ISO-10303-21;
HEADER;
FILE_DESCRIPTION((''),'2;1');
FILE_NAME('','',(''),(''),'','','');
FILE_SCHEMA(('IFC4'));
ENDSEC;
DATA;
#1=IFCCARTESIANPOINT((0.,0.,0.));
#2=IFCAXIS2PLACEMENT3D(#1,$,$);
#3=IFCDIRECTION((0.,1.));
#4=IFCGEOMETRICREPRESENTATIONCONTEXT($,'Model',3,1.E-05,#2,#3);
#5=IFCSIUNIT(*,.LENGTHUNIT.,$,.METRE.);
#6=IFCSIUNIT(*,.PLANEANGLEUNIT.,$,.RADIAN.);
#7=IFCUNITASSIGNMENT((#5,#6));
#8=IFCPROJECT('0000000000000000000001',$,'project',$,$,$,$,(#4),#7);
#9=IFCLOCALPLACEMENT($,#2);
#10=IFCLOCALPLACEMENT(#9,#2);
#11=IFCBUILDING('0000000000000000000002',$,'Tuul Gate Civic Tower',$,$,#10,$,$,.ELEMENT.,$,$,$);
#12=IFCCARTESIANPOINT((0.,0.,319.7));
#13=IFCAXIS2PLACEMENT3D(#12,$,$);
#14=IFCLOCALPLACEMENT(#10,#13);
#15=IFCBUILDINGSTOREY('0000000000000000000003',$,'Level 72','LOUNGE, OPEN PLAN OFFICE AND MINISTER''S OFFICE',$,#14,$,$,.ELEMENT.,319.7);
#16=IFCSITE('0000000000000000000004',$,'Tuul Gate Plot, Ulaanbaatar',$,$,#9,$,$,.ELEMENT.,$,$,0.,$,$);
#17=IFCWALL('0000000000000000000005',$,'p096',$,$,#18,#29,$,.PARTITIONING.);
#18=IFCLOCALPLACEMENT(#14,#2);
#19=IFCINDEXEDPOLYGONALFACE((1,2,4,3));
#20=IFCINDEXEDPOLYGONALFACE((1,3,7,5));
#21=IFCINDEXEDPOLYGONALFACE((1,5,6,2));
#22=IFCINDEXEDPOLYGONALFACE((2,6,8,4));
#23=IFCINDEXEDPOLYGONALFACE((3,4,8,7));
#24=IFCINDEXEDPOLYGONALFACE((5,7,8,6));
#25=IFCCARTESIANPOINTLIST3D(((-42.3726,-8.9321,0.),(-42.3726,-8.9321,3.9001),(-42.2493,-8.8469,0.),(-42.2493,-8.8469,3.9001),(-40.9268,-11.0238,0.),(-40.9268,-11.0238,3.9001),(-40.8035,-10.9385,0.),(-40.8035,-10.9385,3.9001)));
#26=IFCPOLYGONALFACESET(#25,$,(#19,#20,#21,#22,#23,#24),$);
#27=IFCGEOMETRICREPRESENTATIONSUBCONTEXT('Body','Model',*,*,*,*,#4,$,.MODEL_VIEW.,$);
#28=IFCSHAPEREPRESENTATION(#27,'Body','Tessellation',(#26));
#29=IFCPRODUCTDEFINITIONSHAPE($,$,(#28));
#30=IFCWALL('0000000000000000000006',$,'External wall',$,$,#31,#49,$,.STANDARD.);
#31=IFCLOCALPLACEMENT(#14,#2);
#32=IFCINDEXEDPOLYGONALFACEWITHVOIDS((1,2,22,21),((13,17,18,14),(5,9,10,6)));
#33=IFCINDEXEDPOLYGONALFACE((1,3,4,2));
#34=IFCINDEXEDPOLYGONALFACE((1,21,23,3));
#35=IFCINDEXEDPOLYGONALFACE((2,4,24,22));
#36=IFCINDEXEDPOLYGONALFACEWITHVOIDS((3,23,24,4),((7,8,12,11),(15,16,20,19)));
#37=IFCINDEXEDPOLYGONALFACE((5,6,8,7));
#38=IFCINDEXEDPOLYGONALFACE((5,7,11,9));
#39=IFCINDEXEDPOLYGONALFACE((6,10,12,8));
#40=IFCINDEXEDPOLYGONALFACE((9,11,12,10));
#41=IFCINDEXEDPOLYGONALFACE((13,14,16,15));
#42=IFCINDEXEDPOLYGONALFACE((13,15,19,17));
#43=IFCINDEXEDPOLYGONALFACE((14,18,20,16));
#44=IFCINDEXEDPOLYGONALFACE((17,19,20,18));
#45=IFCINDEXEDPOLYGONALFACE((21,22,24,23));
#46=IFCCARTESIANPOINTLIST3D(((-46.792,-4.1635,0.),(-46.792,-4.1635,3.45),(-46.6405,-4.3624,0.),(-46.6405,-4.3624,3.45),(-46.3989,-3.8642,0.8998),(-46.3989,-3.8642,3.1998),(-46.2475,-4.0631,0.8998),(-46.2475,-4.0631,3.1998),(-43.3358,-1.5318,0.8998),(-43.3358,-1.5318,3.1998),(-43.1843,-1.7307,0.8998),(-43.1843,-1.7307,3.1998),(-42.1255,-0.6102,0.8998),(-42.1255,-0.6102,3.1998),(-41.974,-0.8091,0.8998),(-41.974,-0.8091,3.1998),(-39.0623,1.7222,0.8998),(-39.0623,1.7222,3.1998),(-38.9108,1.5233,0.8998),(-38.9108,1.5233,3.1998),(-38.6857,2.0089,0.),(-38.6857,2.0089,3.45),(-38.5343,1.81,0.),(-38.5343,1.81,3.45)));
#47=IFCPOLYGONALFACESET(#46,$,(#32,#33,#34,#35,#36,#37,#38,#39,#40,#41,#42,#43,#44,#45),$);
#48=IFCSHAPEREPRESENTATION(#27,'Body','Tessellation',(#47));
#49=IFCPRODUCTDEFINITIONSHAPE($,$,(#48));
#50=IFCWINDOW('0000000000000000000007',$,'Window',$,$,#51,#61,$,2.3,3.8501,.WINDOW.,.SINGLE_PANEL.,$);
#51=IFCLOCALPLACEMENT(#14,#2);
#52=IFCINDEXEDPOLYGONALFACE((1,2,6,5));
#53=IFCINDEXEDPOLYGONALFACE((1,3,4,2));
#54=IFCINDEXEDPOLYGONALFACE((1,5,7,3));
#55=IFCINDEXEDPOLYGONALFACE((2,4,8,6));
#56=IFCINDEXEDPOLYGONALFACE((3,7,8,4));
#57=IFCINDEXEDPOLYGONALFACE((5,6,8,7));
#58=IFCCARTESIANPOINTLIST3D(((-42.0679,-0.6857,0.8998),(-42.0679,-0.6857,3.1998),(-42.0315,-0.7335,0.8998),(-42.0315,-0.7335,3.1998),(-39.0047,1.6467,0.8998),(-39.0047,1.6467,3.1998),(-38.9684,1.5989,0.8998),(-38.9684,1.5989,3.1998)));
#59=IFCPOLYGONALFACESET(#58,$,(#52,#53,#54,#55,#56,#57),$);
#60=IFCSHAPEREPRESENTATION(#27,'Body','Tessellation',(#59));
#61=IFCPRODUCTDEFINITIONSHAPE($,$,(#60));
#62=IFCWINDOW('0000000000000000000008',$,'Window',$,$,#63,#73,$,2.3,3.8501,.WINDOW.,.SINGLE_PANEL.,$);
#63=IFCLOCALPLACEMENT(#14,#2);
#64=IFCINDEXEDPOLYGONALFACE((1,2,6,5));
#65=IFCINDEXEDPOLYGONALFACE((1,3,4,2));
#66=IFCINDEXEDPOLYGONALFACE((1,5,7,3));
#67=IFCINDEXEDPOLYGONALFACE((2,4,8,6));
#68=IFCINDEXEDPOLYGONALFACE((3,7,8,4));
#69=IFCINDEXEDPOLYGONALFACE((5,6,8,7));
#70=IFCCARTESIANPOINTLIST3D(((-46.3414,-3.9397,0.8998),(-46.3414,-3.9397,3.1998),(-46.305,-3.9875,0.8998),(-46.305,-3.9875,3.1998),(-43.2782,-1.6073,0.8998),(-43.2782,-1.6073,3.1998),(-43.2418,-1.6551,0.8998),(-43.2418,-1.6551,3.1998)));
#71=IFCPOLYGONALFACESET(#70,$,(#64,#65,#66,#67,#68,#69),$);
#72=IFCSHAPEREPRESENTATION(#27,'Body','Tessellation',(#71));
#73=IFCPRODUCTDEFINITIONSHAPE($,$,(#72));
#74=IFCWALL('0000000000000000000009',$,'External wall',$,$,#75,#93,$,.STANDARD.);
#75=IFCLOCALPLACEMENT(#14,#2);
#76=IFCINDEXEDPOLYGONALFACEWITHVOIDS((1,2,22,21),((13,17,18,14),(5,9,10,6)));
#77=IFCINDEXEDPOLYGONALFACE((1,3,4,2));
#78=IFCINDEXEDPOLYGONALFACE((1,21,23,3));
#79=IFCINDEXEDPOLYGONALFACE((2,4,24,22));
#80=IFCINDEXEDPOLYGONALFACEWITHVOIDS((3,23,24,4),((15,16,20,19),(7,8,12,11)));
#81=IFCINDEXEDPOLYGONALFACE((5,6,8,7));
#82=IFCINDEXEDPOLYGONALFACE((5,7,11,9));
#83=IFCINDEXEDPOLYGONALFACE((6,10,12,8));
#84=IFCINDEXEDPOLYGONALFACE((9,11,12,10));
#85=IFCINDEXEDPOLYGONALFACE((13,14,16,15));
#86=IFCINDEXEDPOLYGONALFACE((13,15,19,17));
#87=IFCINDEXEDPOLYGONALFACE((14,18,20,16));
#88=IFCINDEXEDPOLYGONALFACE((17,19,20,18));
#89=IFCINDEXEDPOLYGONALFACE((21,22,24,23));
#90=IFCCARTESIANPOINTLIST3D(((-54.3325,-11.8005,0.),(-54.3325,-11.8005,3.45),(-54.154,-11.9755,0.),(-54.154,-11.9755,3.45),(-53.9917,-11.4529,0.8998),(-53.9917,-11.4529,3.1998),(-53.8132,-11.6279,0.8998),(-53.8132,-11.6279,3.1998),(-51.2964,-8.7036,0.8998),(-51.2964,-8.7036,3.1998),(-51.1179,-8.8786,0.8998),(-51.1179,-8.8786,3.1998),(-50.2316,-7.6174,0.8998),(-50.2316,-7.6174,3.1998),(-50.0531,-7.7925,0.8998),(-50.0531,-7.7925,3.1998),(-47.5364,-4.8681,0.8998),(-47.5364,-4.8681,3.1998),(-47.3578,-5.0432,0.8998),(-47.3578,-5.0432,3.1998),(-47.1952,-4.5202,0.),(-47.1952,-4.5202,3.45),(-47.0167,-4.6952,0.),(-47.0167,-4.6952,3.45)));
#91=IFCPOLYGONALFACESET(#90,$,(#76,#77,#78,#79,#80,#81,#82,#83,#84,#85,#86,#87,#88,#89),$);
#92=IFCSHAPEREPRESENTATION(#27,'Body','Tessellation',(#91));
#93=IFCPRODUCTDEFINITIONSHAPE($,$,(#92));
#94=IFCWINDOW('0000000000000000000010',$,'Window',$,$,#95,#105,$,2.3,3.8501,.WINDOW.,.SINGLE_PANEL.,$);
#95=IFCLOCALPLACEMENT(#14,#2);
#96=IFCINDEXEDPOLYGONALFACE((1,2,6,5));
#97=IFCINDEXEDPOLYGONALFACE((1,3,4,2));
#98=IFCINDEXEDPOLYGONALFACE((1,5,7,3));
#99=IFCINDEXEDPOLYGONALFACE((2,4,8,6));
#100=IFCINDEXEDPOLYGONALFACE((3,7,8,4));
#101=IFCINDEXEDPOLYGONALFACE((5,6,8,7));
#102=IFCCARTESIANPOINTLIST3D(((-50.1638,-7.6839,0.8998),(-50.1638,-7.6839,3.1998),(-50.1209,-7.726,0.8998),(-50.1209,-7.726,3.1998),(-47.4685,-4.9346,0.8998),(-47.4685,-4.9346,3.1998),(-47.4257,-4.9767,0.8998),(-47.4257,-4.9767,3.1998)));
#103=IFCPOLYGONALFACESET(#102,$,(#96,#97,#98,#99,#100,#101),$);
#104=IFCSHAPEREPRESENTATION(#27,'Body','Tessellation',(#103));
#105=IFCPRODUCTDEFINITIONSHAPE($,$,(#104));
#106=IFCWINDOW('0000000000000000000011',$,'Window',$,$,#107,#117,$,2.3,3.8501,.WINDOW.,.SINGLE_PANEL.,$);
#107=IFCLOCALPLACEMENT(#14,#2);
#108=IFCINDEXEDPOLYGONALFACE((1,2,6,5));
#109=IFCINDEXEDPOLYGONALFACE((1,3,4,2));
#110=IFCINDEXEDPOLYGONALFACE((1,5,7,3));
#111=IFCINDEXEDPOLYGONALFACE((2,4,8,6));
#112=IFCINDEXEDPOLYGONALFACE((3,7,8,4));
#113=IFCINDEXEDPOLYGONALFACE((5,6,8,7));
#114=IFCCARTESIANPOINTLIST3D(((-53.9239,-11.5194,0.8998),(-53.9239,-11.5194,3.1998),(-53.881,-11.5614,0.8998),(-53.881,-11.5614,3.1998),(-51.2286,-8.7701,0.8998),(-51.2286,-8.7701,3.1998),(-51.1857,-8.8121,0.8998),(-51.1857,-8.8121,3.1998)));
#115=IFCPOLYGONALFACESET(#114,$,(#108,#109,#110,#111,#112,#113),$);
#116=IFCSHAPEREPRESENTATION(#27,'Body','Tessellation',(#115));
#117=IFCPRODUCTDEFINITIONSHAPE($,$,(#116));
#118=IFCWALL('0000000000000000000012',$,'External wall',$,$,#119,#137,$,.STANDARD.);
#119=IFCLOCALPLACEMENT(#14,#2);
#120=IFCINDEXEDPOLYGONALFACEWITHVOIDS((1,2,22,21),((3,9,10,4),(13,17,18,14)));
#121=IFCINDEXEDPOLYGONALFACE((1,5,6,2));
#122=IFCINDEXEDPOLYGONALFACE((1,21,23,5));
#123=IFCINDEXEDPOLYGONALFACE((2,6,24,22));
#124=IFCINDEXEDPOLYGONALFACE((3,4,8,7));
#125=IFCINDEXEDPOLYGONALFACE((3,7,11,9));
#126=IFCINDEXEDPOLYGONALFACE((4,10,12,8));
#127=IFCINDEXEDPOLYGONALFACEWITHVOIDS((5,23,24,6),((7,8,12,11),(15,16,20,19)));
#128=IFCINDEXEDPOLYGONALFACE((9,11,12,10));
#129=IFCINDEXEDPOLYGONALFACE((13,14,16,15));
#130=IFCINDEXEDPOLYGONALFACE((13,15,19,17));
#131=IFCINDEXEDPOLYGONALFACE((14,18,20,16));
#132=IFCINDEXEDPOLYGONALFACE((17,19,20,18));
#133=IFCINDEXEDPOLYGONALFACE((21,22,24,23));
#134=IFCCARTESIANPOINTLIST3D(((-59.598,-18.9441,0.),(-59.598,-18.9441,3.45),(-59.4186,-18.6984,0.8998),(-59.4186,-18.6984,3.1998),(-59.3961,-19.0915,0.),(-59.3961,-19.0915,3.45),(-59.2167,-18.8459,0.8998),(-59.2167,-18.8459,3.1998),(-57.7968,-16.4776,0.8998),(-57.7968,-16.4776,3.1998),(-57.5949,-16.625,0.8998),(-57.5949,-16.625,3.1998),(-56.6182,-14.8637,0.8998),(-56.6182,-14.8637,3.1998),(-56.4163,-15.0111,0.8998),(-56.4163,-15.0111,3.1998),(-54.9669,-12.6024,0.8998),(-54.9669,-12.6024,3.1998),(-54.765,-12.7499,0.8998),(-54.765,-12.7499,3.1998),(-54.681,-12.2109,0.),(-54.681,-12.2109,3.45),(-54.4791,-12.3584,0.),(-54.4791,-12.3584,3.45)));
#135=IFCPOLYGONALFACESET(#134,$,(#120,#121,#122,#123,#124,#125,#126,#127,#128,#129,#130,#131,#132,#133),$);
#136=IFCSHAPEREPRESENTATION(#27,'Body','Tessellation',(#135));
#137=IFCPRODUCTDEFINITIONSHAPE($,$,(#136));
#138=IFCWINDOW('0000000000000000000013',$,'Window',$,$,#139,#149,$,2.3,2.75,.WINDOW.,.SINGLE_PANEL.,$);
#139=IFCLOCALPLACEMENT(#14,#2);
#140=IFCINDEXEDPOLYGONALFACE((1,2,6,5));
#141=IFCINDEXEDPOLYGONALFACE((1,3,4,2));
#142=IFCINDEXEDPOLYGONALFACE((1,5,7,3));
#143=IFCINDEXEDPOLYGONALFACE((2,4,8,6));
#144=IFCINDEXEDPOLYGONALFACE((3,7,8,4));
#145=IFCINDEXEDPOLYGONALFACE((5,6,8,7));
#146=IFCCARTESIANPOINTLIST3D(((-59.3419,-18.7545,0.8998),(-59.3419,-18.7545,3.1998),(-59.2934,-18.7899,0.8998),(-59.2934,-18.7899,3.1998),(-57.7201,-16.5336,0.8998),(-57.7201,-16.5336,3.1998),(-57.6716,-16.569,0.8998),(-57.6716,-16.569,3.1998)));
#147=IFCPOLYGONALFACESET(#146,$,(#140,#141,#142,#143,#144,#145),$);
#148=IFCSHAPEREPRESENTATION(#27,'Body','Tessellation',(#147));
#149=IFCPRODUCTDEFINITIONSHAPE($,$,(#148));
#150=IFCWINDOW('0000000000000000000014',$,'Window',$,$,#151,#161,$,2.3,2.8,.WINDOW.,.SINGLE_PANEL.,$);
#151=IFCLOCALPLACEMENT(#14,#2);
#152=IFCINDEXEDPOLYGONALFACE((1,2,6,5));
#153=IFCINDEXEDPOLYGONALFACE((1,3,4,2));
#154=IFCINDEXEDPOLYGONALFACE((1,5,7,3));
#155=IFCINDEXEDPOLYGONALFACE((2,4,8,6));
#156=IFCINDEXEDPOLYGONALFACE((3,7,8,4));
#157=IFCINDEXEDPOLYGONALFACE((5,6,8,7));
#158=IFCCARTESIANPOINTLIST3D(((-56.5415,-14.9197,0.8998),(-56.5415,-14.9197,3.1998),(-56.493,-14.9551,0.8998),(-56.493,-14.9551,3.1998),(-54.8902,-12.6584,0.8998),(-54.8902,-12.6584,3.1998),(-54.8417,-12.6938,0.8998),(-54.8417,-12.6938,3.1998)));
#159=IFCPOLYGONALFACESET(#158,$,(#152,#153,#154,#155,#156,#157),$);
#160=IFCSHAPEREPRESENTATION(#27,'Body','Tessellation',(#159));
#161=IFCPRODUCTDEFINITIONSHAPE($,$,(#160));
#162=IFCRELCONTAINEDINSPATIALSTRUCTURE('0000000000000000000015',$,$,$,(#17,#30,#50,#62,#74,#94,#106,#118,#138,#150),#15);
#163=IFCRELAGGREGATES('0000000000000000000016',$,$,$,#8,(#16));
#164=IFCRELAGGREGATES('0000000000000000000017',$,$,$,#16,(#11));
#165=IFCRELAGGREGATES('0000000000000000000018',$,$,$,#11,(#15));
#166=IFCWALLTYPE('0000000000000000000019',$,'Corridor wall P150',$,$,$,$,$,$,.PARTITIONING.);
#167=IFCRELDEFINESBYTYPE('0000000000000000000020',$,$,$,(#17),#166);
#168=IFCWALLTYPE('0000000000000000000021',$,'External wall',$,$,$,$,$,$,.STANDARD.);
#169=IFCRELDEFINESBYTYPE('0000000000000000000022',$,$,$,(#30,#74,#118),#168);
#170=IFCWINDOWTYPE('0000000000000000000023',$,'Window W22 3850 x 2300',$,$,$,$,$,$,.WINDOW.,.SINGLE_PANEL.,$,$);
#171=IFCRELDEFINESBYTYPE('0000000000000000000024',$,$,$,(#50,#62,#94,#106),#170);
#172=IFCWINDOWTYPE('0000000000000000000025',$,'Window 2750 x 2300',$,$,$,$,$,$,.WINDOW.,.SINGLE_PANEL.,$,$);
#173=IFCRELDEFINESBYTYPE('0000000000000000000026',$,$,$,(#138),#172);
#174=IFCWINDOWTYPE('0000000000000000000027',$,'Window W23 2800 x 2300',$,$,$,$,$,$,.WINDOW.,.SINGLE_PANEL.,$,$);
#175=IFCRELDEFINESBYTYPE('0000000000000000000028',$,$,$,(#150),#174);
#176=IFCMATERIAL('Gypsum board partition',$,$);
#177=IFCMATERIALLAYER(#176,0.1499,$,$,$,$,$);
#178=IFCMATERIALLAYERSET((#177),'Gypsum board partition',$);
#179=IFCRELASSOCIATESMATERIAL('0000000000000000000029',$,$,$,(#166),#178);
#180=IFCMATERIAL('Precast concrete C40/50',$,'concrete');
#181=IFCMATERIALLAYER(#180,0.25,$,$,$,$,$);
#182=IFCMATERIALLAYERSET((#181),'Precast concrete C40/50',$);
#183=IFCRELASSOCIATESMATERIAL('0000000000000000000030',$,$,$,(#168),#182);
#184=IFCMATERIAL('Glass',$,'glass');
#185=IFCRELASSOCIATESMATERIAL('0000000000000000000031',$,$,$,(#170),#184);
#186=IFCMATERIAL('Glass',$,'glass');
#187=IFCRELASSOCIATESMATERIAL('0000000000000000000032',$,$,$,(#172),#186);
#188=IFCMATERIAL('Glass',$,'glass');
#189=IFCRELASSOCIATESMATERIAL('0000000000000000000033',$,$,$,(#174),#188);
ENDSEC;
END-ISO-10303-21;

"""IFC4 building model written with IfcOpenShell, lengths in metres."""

from ifc_helpers import new_model, si_unit, direction, frame, frame_2d, origin, place, context, subcontext, project, spatial, rectangle, extrude, material, layer, layer_set, type_object, element, fill, save


model = new_model("IFC4")

# Units and contexts
model_context = context("Model", 3, precision=1e-05, world=origin(), true_north=direction((0.0, 1.0)))
body_context = subcontext(model_context, "Body", "Model", "MODEL_VIEW")
ifc_project = project(units=[si_unit("LENGTHUNIT", "METRE"), si_unit("PLANEANGLEUNIT", "RADIAN")], contexts=[model_context])

# Site, building, storey
site_placement = place(None, origin())
site = spatial("IfcSite", under=ifc_project, at=site_placement, Name="Tuul Gate Plot, Ulaanbaatar", CompositionType="ELEMENT", RefElevation=0.0)
building_placement = place(site_placement, origin())
building = spatial("IfcBuilding", under=site, at=building_placement, Name="Tuul Gate Civic Tower", CompositionType="ELEMENT")
storey_placement = place(building_placement, frame((0.0, 0.0, 319.7)))
storey = spatial("IfcBuildingStorey", under=building, at=storey_placement, Name="Level 72", Description="LOUNGE, OPEN PLAN OFFICE AND MINISTER'S OFFICE", CompositionType="ELEMENT", Elevation=319.7)

# Shared definitions
ifc_material_1 = material(Name="Gypsum board partition")
ifc_layer_1 = layer(ifc_material_1, 0.1499)
ifc_layer_set_1 = layer_set([ifc_layer_1], Name="Gypsum board partition")
wall_type_1 = type_object("IfcWallType", Name="Corridor wall P150", PredefinedType="PARTITIONING", material=ifc_layer_set_1)

# Wall
wall_1_placement = place(storey_placement, frame((-42.311, -8.8894, 0.0), z_axis=(0.0, 0.0, 1.0), x_axis=(0.568626, -0.822596, 0.0)))
element("IfcWall", 1, at=wall_1_placement, inside=storey, type_object=wall_type_1, Name="p096", PredefinedType="PARTITIONING", context=body_context, shape_type="SweptSolid", body=[
    extrude(rectangle(XDim=2.5427, YDim=0.1499, at=frame_2d((1.2715, 0.0))), origin(), (0.0, 0.0, 1.0), 3.9001),
])

# Walls, openings, windows
ifc_material_2 = material(Name="Precast concrete C40/50", Category="concrete")
ifc_layer_2 = layer(ifc_material_2, 0.25)
ifc_layer_set_2 = layer_set([ifc_layer_2], Name="Precast concrete C40/50")
wall_type_2 = type_object("IfcWallType", Name="External wall", PredefinedType="STANDARD", material=ifc_layer_set_2)
wall_2_placement = place(storey_placement, frame((-38.6101, 1.9094, 0.0), z_axis=(0.0, 0.0, 1.0), x_axis=(-0.795611, -0.605808, 0.0)))
wall_2 = element("IfcWall", 2, at=wall_2_placement, inside=storey, type_object=wall_type_2, Name="External wall", PredefinedType="STANDARD", context=body_context, shape_type="SweptSolid", body=[
    extrude(rectangle(XDim=10.1887, YDim=0.25, at=frame_2d((5.0942, 0.0))), origin(), (0.0, 0.0, 1.0), 3.45),
])
opening_1_placement = place(wall_2_placement, frame((0.4731, 0.0, 0.8999)))
opening_1 = element("IfcOpeningElement", 3, at=opening_1_placement, cuts=wall_2, PredefinedType="OPENING", context=body_context, shape_type="SweptSolid", body=[
    extrude(rectangle(XDim=3.8501, YDim=2.3, at=frame_2d((1.925, 1.1499))), frame((0.0, 0.135, 0.0), z_axis=(0.0, -1.0, 0.0), x_axis=(1.0, 0.0, 0.0)), (0.0, 0.0, 1.0), 0.27),
])
opening_2_placement = place(wall_2_placement, frame((5.8445, 0.0, 0.8999)))
opening_2 = element("IfcOpeningElement", 4, at=opening_2_placement, cuts=wall_2, PredefinedType="OPENING", context=body_context, shape_type="SweptSolid", body=[
    extrude(rectangle(XDim=3.8501, YDim=2.3, at=frame_2d((1.925, 1.1499))), frame((0.0, 0.135, 0.0), z_axis=(0.0, -1.0, 0.0), x_axis=(1.0, 0.0, 0.0)), (0.0, 0.0, 1.0), 0.27),
])
ifc_material_3 = material(Name="Glass", Category="glass")
window_type_1 = type_object("IfcWindowType", Name="Window W22 3850 x 2300", PartitioningType="SINGLE_PANEL", PredefinedType="WINDOW", material=ifc_material_3)
window_1_placement = place(opening_1_placement, origin())
window_1 = element("IfcWindow", 5, at=window_1_placement, inside=storey, type_object=window_type_1, Name="Window", OverallHeight=2.3, OverallWidth=3.8501, PartitioningType="SINGLE_PANEL", PredefinedType="WINDOW", context=body_context, shape_type="SweptSolid", body=[
    extrude(rectangle(XDim=3.8501, YDim=2.3, at=frame_2d((1.925, 1.1499))), frame((0.0, 0.03, 0.0), z_axis=(0.0, -1.0, 0.0), x_axis=(1.0, 0.0, 0.0)), (0.0, 0.0, 1.0), 0.0601),
])
fill(opening_1, window_1)
window_2_placement = place(opening_2_placement, origin())
window_2 = element("IfcWindow", 6, at=window_2_placement, inside=storey, type_object=window_type_1, Name="Window", OverallHeight=2.3, OverallWidth=3.8501, PartitioningType="SINGLE_PANEL", PredefinedType="WINDOW", context=body_context, shape_type="SweptSolid", body=[
    extrude(rectangle(XDim=3.8501, YDim=2.3, at=frame_2d((1.925, 1.1499))), frame((0.0, 0.03, 0.0), z_axis=(0.0, -1.0, 0.0), x_axis=(1.0, 0.0, 0.0)), (0.0, 0.0, 1.0), 0.0601),
])
fill(opening_2, window_2)
wall_3_placement = place(storey_placement, frame((-47.106, -4.6077, 0.0), z_axis=(0.0, 0.0, 1.0), x_axis=(-0.700056, -0.714088, 0.0)))
wall_3 = element("IfcWall", 7, at=wall_3_placement, inside=storey, type_object=wall_type_2, Name="External wall", PredefinedType="STANDARD", context=body_context, shape_type="SweptSolid", body=[
    extrude(rectangle(XDim=10.1953, YDim=0.25, at=frame_2d((5.0977, 0.0))), origin(), (0.0, 0.0, 1.0), 3.45),
])
opening_3_placement = place(wall_3_placement, frame((0.4873, 0.0, 0.8999)))
opening_3 = element("IfcOpeningElement", 8, at=opening_3_placement, cuts=wall_3, PredefinedType="OPENING", context=body_context, shape_type="SweptSolid", body=[
    extrude(rectangle(XDim=3.8501, YDim=2.3, at=frame_2d((1.925, 1.1499))), frame((0.0, 0.135, 0.0), z_axis=(0.0, -1.0, 0.0), x_axis=(1.0, 0.0, 0.0)), (0.0, 0.0, 1.0), 0.27),
])
opening_4_placement = place(wall_3_placement, frame((5.8584, 0.0, 0.8999)))
opening_4 = element("IfcOpeningElement", 9, at=opening_4_placement, cuts=wall_3, PredefinedType="OPENING", context=body_context, shape_type="SweptSolid", body=[
    extrude(rectangle(XDim=3.8501, YDim=2.3, at=frame_2d((1.925, 1.1499))), frame((0.0, 0.135, 0.0), z_axis=(0.0, -1.0, 0.0), x_axis=(1.0, 0.0, 0.0)), (0.0, 0.0, 1.0), 0.27),
])
window_3_placement = place(opening_3_placement, origin())
window_3 = element("IfcWindow", 10, at=window_3_placement, inside=storey, type_object=window_type_1, Name="Window", OverallHeight=2.3, OverallWidth=3.8501, PartitioningType="SINGLE_PANEL", PredefinedType="WINDOW", context=body_context, shape_type="SweptSolid", body=[
    extrude(rectangle(XDim=3.8501, YDim=2.3, at=frame_2d((1.925, 1.1499))), frame((0.0, 0.03, 0.0), z_axis=(0.0, -1.0, 0.0), x_axis=(1.0, 0.0, 0.0)), (0.0, 0.0, 1.0), 0.0601),
])
fill(opening_3, window_3)
window_4_placement = place(opening_4_placement, origin())
window_4 = element("IfcWindow", 11, at=window_4_placement, inside=storey, type_object=window_type_1, Name="Window", OverallHeight=2.3, OverallWidth=3.8501, PartitioningType="SINGLE_PANEL", PredefinedType="WINDOW", context=body_context, shape_type="SweptSolid", body=[
    extrude(rectangle(XDim=3.8501, YDim=2.3, at=frame_2d((1.925, 1.1499))), frame((0.0, 0.03, 0.0), z_axis=(0.0, -1.0, 0.0), x_axis=(1.0, 0.0, 0.0)), (0.0, 0.0, 1.0), 0.0601),
])
fill(opening_4, window_4)
wall_4_placement = place(storey_placement, frame((-54.5801, -12.2847, 0.0), z_axis=(0.0, 0.0, 1.0), x_axis=(-0.589752, -0.807585, 0.0)))
wall_4 = element("IfcWall", 12, at=wall_4_placement, inside=storey, type_object=wall_type_2, Name="External wall", PredefinedType="STANDARD", context=body_context, shape_type="SweptSolid", body=[
    extrude(rectangle(XDim=8.3374, YDim=0.25, at=frame_2d((4.1687, 0.0))), origin(), (0.0, 0.0, 1.0), 3.45),
])
opening_5_placement = place(wall_4_placement, frame((0.4849, 0.0, 0.8999)))
opening_5 = element("IfcOpeningElement", 13, at=opening_5_placement, cuts=wall_4, PredefinedType="OPENING", context=body_context, shape_type="SweptSolid", body=[
    extrude(rectangle(XDim=2.8, YDim=2.3, at=frame_2d((1.3999, 1.1499))), frame((0.0, 0.135, 0.0), z_axis=(0.0, -1.0, 0.0), x_axis=(1.0, 0.0, 0.0)), (0.0, 0.0, 1.0), 0.27),
])
opening_6_placement = place(wall_4_placement, frame((5.2832, 0.0, 0.8999)))
opening_6 = element("IfcOpeningElement", 14, at=opening_6_placement, cuts=wall_4, PredefinedType="OPENING", context=body_context, shape_type="SweptSolid", body=[
    extrude(rectangle(XDim=2.75, YDim=2.3, at=frame_2d((1.375, 1.1499))), frame((0.0, 0.135, 0.0), z_axis=(0.0, -1.0, 0.0), x_axis=(1.0, 0.0, 0.0)), (0.0, 0.0, 1.0), 0.27),
])
ifc_material_4 = material(Name="Glass", Category="glass")
window_type_2 = type_object("IfcWindowType", Name="Window 2750 x 2300", PartitioningType="SINGLE_PANEL", PredefinedType="WINDOW", material=ifc_material_4)
window_5_placement = place(opening_6_placement, origin())
window_5 = element("IfcWindow", 15, at=window_5_placement, inside=storey, type_object=window_type_2, Name="Window", OverallHeight=2.3, OverallWidth=2.75, PartitioningType="SINGLE_PANEL", PredefinedType="WINDOW", context=body_context, shape_type="SweptSolid", body=[
    extrude(rectangle(XDim=2.75, YDim=2.3, at=frame_2d((1.375, 1.1499))), frame((0.0, 0.03, 0.0), z_axis=(0.0, -1.0, 0.0), x_axis=(1.0, 0.0, 0.0)), (0.0, 0.0, 1.0), 0.0601),
])
fill(opening_6, window_5)
ifc_material_5 = material(Name="Glass", Category="glass")
window_type_3 = type_object("IfcWindowType", Name="Window W23 2800 x 2300", PartitioningType="SINGLE_PANEL", PredefinedType="WINDOW", material=ifc_material_5)
window_6_placement = place(opening_5_placement, origin())
window_6 = element("IfcWindow", 16, at=window_6_placement, inside=storey, type_object=window_type_3, Name="Window", OverallHeight=2.3, OverallWidth=2.8, PartitioningType="SINGLE_PANEL", PredefinedType="WINDOW", context=body_context, shape_type="SweptSolid", body=[
    extrude(rectangle(XDim=2.8, YDim=2.3, at=frame_2d((1.3999, 1.1499))), frame((0.0, 0.03, 0.0), z_axis=(0.0, -1.0, 0.0), x_axis=(1.0, 0.0, 0.0)), (0.0, 0.0, 1.0), 0.0601),
])
fill(opening_5, window_6)

save(model, "model.ifc")
